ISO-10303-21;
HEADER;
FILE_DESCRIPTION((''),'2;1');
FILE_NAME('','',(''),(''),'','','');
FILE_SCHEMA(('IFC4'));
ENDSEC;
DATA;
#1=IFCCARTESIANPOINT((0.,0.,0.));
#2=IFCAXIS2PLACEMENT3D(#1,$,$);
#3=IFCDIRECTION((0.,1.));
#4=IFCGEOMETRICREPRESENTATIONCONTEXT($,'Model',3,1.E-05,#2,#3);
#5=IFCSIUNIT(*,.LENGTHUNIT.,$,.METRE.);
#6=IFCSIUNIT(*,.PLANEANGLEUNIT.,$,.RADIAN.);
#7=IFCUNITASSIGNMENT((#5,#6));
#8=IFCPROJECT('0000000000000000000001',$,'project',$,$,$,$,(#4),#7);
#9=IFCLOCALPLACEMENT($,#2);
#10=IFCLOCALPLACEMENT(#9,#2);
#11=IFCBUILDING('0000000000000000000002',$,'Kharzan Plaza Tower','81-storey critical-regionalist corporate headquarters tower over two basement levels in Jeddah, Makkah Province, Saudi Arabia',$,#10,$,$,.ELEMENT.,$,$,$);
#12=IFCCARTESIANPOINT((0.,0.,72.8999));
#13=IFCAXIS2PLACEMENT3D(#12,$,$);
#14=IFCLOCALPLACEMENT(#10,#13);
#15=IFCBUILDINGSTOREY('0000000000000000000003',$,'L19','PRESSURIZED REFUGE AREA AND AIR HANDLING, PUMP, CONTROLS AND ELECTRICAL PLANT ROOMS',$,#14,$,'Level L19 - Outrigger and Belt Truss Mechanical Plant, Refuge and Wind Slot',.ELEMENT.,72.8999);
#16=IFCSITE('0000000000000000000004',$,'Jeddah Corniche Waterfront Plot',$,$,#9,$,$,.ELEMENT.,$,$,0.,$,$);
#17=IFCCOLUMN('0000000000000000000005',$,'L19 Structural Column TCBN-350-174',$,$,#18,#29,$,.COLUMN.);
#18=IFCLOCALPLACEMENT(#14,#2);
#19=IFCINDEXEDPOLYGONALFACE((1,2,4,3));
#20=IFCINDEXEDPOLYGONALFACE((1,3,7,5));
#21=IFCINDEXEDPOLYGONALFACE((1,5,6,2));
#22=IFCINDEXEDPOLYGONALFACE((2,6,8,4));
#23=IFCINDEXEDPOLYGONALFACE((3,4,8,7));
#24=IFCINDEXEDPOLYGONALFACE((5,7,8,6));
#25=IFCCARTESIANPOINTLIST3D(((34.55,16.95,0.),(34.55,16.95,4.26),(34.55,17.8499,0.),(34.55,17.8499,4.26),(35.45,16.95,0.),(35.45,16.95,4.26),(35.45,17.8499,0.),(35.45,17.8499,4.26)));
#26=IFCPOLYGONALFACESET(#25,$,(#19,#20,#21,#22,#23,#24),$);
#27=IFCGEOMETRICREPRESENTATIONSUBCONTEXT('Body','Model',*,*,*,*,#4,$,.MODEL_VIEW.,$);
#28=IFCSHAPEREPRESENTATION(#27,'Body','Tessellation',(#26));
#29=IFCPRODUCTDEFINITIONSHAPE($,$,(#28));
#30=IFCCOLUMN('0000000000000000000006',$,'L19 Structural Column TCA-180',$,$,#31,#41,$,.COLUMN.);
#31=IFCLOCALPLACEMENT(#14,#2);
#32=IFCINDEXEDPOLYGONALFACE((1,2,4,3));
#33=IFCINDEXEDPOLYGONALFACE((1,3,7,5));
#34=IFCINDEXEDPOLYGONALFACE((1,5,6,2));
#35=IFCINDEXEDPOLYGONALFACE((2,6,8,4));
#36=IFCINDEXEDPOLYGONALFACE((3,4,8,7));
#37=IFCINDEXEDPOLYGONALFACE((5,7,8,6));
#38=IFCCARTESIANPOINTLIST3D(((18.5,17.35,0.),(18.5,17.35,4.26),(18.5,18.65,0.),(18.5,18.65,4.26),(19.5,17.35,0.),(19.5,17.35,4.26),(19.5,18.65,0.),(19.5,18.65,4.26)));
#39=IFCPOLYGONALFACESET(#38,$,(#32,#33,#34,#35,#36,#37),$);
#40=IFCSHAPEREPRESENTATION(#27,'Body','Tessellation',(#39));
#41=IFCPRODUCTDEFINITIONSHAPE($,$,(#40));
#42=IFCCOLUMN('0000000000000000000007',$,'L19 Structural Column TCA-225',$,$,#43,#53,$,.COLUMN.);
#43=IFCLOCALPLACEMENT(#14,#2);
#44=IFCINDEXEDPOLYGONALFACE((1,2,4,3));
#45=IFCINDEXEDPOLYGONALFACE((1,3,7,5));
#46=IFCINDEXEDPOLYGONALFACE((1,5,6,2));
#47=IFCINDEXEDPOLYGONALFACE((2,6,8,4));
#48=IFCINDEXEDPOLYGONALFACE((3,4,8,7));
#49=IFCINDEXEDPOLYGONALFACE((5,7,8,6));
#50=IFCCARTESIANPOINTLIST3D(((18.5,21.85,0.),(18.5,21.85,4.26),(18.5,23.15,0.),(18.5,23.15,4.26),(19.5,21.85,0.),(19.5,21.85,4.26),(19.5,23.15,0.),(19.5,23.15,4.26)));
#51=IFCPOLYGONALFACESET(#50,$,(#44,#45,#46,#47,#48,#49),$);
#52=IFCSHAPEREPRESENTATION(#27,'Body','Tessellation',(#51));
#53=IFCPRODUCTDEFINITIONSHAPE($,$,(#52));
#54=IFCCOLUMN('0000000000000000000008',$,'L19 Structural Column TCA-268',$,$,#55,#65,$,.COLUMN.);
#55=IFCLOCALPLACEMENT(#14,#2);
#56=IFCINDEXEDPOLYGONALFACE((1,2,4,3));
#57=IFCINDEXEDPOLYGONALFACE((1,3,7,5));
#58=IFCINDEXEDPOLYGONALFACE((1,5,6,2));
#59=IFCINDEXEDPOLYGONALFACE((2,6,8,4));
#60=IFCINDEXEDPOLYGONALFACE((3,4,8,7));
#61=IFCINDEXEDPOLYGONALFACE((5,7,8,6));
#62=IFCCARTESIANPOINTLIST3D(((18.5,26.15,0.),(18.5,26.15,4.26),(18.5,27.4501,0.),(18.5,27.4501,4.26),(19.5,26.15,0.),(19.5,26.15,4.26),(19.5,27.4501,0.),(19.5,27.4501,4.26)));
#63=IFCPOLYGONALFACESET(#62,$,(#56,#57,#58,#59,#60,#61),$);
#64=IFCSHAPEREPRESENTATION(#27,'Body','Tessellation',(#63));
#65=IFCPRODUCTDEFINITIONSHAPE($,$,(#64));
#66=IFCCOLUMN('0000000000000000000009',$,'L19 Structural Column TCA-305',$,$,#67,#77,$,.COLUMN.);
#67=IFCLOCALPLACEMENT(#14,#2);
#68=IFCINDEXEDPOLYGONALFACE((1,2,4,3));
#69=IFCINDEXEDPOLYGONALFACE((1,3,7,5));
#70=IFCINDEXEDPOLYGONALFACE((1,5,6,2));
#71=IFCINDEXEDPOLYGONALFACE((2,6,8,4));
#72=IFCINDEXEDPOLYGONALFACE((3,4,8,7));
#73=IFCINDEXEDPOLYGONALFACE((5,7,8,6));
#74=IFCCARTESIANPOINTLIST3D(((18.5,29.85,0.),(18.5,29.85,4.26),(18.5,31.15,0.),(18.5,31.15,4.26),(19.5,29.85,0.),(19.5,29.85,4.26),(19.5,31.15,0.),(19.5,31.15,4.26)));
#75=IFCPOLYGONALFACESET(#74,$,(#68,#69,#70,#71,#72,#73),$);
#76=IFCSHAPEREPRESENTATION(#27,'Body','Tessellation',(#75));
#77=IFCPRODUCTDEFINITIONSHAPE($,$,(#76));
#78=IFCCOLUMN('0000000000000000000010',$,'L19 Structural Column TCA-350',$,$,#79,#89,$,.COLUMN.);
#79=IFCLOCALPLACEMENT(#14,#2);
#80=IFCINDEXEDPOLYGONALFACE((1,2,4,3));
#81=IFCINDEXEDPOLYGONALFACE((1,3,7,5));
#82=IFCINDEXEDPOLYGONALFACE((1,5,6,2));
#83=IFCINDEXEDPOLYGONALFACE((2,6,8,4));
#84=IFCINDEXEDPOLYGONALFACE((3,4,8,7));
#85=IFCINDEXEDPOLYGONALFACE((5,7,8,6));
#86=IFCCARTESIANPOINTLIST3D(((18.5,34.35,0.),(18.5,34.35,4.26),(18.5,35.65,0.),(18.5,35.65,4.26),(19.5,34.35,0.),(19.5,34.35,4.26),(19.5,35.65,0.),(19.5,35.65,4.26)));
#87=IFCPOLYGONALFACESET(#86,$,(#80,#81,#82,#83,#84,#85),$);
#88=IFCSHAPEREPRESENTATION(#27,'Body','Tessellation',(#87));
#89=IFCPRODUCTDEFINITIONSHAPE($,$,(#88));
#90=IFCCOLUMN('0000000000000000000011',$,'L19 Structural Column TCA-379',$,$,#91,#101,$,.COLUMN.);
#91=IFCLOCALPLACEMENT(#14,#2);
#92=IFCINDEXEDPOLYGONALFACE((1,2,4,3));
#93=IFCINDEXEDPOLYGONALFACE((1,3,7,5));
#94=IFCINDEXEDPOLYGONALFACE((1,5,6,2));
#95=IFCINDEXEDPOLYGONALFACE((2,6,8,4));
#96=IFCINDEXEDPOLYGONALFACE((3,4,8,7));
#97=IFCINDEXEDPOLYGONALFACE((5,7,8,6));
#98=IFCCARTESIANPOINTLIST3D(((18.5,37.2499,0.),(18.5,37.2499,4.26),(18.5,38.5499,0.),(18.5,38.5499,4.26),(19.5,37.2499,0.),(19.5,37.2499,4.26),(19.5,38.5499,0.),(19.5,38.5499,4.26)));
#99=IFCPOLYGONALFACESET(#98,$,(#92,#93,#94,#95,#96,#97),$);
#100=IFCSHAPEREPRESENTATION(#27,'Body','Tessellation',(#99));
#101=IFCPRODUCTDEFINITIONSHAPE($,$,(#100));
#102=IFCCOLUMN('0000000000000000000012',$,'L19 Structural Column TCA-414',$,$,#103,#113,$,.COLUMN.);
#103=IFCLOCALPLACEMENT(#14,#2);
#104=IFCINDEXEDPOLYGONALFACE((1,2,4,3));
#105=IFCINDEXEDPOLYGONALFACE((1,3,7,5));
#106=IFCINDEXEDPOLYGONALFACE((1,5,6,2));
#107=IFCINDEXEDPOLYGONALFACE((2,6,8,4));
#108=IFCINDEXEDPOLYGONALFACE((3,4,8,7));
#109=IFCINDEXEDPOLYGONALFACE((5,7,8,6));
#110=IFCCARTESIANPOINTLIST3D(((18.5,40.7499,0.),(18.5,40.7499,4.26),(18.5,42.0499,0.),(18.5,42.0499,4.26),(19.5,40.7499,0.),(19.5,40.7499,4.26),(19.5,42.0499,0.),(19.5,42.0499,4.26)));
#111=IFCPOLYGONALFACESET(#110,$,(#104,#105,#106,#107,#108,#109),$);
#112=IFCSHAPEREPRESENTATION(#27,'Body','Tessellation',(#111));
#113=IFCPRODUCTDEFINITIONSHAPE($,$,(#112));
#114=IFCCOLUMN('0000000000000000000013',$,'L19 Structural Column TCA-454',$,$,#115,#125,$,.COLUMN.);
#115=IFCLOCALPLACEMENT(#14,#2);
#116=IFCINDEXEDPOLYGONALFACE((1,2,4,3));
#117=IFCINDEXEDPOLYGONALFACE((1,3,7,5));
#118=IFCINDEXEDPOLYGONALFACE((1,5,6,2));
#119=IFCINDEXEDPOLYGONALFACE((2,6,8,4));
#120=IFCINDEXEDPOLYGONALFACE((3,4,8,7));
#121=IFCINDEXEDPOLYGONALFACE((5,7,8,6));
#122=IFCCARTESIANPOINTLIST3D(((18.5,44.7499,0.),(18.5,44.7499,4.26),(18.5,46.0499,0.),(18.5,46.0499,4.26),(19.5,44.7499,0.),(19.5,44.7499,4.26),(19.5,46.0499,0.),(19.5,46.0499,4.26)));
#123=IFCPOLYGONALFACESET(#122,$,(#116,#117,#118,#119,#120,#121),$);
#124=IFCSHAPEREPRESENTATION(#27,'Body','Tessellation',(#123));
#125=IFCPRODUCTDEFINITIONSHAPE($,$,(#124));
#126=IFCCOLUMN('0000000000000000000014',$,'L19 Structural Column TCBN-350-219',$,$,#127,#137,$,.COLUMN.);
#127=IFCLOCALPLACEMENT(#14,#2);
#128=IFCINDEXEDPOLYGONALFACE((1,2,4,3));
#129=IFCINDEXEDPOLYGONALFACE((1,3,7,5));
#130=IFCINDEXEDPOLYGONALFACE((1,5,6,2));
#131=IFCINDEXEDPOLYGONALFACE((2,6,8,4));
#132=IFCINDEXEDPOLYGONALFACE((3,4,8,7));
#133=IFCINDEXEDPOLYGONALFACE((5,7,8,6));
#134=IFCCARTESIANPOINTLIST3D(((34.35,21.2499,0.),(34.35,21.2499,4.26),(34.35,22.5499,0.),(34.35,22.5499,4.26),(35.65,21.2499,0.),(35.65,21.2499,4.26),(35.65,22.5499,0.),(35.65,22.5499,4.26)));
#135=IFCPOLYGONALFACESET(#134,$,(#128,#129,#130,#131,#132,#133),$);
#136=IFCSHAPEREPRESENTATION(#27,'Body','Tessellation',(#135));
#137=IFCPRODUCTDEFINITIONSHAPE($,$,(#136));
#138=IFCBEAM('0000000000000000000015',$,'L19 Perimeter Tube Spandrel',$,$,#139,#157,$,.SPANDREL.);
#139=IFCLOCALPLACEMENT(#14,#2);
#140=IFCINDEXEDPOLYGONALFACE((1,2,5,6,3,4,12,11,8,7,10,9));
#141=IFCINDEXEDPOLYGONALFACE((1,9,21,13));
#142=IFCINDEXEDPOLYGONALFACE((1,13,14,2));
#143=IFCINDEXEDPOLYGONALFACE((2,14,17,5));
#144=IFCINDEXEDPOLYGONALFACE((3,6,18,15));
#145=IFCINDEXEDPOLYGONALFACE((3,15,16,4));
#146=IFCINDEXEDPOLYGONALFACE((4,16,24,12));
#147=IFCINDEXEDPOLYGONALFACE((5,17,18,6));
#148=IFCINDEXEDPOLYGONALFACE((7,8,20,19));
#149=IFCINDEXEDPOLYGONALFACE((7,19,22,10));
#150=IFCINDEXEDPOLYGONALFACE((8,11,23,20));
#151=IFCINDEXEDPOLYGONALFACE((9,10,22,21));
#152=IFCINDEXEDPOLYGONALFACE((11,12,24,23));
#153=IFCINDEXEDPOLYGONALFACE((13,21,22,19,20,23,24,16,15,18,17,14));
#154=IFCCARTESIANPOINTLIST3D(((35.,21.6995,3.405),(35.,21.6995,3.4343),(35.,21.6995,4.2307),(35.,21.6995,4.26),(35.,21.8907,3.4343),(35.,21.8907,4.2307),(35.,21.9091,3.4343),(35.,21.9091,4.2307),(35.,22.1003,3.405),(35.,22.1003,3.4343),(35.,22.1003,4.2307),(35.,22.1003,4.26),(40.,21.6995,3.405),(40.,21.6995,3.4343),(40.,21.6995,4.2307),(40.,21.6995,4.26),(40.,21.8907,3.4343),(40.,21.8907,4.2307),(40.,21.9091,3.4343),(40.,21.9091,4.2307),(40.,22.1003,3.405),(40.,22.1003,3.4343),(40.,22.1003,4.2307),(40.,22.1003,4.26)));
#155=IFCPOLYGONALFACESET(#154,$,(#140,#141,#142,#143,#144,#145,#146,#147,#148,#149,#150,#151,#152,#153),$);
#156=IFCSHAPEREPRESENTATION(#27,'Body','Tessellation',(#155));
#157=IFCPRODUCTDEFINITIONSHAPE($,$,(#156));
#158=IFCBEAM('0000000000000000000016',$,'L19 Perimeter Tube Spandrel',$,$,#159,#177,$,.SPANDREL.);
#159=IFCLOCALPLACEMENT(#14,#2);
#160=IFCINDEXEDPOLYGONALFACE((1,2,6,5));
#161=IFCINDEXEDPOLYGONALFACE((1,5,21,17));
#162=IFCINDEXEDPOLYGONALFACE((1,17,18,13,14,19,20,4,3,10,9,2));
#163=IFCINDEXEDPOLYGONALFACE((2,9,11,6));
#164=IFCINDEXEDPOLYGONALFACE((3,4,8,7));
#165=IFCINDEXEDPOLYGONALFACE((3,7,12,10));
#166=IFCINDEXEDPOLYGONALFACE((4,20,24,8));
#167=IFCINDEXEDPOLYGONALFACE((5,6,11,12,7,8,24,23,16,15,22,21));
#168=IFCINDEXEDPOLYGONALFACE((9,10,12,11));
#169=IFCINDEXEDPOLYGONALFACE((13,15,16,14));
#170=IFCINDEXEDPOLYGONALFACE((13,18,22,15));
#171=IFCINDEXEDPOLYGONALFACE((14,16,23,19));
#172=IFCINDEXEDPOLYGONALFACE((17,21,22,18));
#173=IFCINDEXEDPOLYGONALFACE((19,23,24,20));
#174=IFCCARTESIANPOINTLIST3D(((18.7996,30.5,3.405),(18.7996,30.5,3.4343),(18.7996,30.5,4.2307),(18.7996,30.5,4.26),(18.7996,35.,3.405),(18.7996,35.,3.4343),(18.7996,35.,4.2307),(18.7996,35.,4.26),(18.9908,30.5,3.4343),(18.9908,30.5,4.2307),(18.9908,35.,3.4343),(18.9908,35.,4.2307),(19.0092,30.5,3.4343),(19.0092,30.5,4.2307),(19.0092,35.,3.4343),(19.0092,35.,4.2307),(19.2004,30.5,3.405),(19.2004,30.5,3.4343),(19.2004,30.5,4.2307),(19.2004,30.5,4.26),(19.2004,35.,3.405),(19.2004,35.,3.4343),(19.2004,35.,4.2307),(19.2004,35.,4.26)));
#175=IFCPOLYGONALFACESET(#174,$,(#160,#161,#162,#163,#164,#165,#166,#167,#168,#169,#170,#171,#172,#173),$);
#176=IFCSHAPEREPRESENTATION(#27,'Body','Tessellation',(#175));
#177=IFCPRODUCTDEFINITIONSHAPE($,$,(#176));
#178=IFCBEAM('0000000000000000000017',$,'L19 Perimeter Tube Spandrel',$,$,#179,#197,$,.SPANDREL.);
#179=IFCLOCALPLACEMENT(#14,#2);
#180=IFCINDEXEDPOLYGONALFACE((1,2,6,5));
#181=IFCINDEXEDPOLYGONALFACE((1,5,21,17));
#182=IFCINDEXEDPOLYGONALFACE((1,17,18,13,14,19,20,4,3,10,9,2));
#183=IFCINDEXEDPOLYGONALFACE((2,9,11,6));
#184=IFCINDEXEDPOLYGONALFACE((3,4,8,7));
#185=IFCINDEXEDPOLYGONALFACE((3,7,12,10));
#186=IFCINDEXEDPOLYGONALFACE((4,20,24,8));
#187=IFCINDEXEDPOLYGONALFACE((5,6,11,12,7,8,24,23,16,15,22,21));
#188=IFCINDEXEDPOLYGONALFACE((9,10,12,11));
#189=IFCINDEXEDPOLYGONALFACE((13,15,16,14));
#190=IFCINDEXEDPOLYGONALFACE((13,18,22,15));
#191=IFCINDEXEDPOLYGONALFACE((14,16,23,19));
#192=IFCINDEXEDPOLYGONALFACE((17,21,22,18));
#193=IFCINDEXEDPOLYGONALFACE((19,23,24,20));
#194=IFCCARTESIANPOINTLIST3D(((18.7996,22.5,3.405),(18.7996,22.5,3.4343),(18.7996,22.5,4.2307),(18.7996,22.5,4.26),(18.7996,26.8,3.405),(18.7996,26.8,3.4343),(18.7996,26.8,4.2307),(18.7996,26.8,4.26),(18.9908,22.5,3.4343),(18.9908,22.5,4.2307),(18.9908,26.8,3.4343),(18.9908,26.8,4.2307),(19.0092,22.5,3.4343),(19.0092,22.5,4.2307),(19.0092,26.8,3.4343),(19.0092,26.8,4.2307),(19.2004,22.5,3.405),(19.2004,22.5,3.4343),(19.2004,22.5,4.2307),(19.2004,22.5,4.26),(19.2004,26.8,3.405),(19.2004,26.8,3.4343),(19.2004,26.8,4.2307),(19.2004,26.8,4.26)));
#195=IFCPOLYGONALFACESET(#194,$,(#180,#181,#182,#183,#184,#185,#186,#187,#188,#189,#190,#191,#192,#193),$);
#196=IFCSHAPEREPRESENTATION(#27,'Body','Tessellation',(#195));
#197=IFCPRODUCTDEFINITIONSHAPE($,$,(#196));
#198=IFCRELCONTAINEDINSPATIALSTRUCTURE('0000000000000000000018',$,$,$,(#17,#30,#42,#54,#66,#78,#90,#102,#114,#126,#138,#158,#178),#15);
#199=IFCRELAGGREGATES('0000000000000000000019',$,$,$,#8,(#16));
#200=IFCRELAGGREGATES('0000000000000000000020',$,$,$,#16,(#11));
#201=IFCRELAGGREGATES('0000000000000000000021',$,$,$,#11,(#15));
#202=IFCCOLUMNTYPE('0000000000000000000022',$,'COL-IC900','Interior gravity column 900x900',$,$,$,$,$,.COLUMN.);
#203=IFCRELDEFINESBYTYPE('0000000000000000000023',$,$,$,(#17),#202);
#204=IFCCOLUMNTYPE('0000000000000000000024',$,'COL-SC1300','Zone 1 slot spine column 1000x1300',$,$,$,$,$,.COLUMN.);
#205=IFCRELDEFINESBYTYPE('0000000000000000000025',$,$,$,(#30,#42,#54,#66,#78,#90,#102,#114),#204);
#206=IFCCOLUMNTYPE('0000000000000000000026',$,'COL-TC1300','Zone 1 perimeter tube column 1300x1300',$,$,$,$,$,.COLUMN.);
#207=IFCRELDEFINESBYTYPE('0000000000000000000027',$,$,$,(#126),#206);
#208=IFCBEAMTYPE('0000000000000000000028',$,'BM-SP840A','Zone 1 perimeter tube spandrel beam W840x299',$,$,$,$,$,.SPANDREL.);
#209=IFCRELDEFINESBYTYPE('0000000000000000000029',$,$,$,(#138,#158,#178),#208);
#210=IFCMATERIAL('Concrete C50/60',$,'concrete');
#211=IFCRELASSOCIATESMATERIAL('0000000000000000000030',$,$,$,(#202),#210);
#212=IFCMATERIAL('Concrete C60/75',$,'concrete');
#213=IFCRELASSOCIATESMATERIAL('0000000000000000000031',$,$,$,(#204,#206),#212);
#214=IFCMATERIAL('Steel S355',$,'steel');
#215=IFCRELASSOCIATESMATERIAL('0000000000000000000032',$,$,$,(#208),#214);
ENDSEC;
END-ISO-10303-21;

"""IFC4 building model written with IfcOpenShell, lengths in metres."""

from ifc_helpers import new_model, si_unit, direction, frame, origin, origin_2d, place, context, subcontext, project, spatial, rectangle, i_section, extrude, source, transform, mapped, material, material_profile, profile_set, type_object, element, save


model = new_model("IFC4")

# Units and contexts
model_context = context("Model", 3, precision=1e-05, world=origin(), true_north=direction((0.0, 1.0)))
body_context = subcontext(model_context, "Body", "Model", "MODEL_VIEW")
ifc_project = project(units=[si_unit("LENGTHUNIT", "METRE"), si_unit("PLANEANGLEUNIT", "RADIAN")], contexts=[model_context])

# Site, building, storey
site_placement = place(None, origin())
site = spatial("IfcSite", under=ifc_project, at=site_placement, Name="Jeddah Corniche Waterfront Plot", CompositionType="ELEMENT", RefElevation=0.0)
building_placement = place(site_placement, origin())
building = spatial("IfcBuilding", under=site, at=building_placement, Name="Kharzan Plaza Tower", Description="81-storey critical-regionalist corporate headquarters tower over two basement levels in Jeddah, Makkah Province, Saudi Arabia", CompositionType="ELEMENT")
storey_placement = place(building_placement, frame((0.0, 0.0, 72.8999)))
storey = spatial("IfcBuildingStorey", under=building, at=storey_placement, Name="L19", Description="PRESSURIZED REFUGE AREA AND AIR HANDLING, PUMP, CONTROLS AND ELECTRICAL PLANT ROOMS", LongName="Level L19 - Outrigger and Belt Truss Mechanical Plant, Refuge and Wind Slot", CompositionType="ELEMENT", Elevation=72.8999)

# Columns
ifc_material_1 = material(Name="Concrete C50/60", Category="concrete")
ifc_material_profile_1 = material_profile(ifc_material_1, rectangle(XDim=0.8999, YDim=0.8999, at=origin_2d()), Name="RC-IC900x900")
ifc_profile_set_1 = profile_set([ifc_material_profile_1], Name="Concrete C50/60")
column_type_1 = type_object("IfcColumnType", Name="COL-IC900", Description="Interior gravity column 900x900", PredefinedType="COLUMN", material=ifc_profile_set_1)
shared_shape_1 = source(origin(), body_context, "Body", "SweptSolid", [
    extrude(rectangle(XDim=0.8999, YDim=0.8999, at=origin_2d()), origin(), (0.0, 0.0, 1.0), 4.26),
])
column_1_placement = place(storey_placement, frame((35.0, 17.3999, 0.0), z_axis=(0.0, 0.0, 1.0), x_axis=(1.0, 0.0, 0.0)))
element("IfcColumn", 1, at=column_1_placement, inside=storey, type_object=column_type_1, Name="L19 Structural Column TCBN-350-174", PredefinedType="COLUMN", context=body_context, shape_type="MappedRepresentation", body=[
    mapped(shared_shape_1, transform((0.0, 0.0, 0.0), x_axis=(1.0, 0.0, 0.0), y_axis=(0.0, 1.0, 0.0), z_axis=(0.0, 0.0, 1.0))),
])
ifc_material_2 = material(Name="Concrete C60/75", Category="concrete")
ifc_material_profile_2 = material_profile(ifc_material_2, rectangle(XDim=1.0, YDim=1.3, at=origin_2d()), Name="RC-SC1300x1000")
ifc_profile_set_2 = profile_set([ifc_material_profile_2], Name="Concrete C60/75")
column_type_2 = type_object("IfcColumnType", Name="COL-SC1300", Description="Zone 1 slot spine column 1000x1300", PredefinedType="COLUMN", material=ifc_profile_set_2)
shared_shape_2 = source(origin(), body_context, "Body", "SweptSolid", [
    extrude(rectangle(XDim=1.0, YDim=1.3, at=origin_2d()), origin(), (0.0, 0.0, 1.0), 4.26),
])
for number, where, z_axis, x_axis, name in (
    (2, (19.0, 18.0, 0.0), (0.0, 0.0, 1.0), (1.0, 0.0, 0.0), "L19 Structural Column TCA-180"),
    (3, (19.0, 22.5, 0.0), (0.0, 0.0, 1.0), (1.0, 0.0, 0.0), "L19 Structural Column TCA-225"),
    (4, (19.0, 26.8, 0.0), (0.0, 0.0, 1.0), (1.0, 0.0, 0.0), "L19 Structural Column TCA-268"),
    (5, (19.0, 30.5, 0.0), (0.0, 0.0, 1.0), (1.0, 0.0, 0.0), "L19 Structural Column TCA-305"),
    (6, (19.0, 35.0, 0.0), (0.0, 0.0, 1.0), (1.0, 0.0, 0.0), "L19 Structural Column TCA-350"),
    (7, (19.0, 37.8999, 0.0), (0.0, 0.0, 1.0), (1.0, 0.0, 0.0), "L19 Structural Column TCA-379"),
    (8, (19.0, 41.3999, 0.0), (0.0, 0.0, 1.0), (1.0, 0.0, 0.0), "L19 Structural Column TCA-414"),
    (9, (19.0, 45.3999, 0.0), (0.0, 0.0, 1.0), (1.0, 0.0, 0.0), "L19 Structural Column TCA-454"),
):
    element("IfcColumn", number, at=place(storey_placement, frame(where, z_axis=z_axis, x_axis=x_axis)), inside=storey, type_object=column_type_2, Name=name, PredefinedType="COLUMN", context=body_context, shape_type="MappedRepresentation", body=[
        mapped(shared_shape_2, transform((0.0, 0.0, 0.0), x_axis=(1.0, 0.0, 0.0), y_axis=(0.0, 1.0, 0.0), z_axis=(0.0, 0.0, 1.0))),
    ])
ifc_material_profile_3 = material_profile(ifc_material_2, rectangle(XDim=1.3, YDim=1.3, at=origin_2d()), Name="RC-TC1300x1300")
ifc_profile_set_3 = profile_set([ifc_material_profile_3], Name="Concrete C60/75")
column_type_3 = type_object("IfcColumnType", Name="COL-TC1300", Description="Zone 1 perimeter tube column 1300x1300", PredefinedType="COLUMN", material=ifc_profile_set_3)
shared_shape_3 = source(origin(), body_context, "Body", "SweptSolid", [
    extrude(rectangle(XDim=1.3, YDim=1.3, at=origin_2d()), origin(), (0.0, 0.0, 1.0), 4.26),
])
column_2_placement = place(storey_placement, frame((35.0, 21.8999, 0.0), z_axis=(0.0, 0.0, 1.0), x_axis=(1.0, 0.0, 0.0)))
element("IfcColumn", 10, at=column_2_placement, inside=storey, type_object=column_type_3, Name="L19 Structural Column TCBN-350-219", PredefinedType="COLUMN", context=body_context, shape_type="MappedRepresentation", body=[
    mapped(shared_shape_3, transform((0.0, 0.0, 0.0), x_axis=(1.0, 0.0, 0.0), y_axis=(0.0, 1.0, 0.0), z_axis=(0.0, 0.0, 1.0))),
])

# Beams
ifc_material_3 = material(Name="Steel S355", Category="steel")
ifc_material_profile_4 = material_profile(ifc_material_3, i_section(OverallWidth=0.4009, OverallDepth=0.855, WebThickness=0.0183, FlangeThickness=0.0293, at=origin_2d()), Name="W840x299")
ifc_profile_set_4 = profile_set([ifc_material_profile_4], Name="Steel S355")
beam_type_1 = type_object("IfcBeamType", Name="BM-SP840A", Description="Zone 1 perimeter tube spandrel beam W840x299", PredefinedType="SPANDREL", material=ifc_profile_set_4)
shared_shape_4 = source(origin(), body_context, "Body", "SweptSolid", [
    extrude(i_section(OverallWidth=0.4009, OverallDepth=0.855, WebThickness=0.0183, FlangeThickness=0.0293, at=origin_2d()), origin(), (0.0, 0.0, 1.0), 5.0),
])
beam_1_placement = place(storey_placement, frame((35.0, 21.8999, 3.8325), z_axis=(1.0, 0.0, 0.0), x_axis=(0.0, 1.0, 0.0)))
element("IfcBeam", 11, at=beam_1_placement, inside=storey, type_object=beam_type_1, Name="L19 Perimeter Tube Spandrel", PredefinedType="SPANDREL", context=body_context, shape_type="MappedRepresentation", body=[
    mapped(shared_shape_4, transform((0.0, 0.0, 0.0), x_axis=(1.0, 0.0, 0.0), y_axis=(0.0, 1.0, 0.0), z_axis=(0.0, 0.0, 1.0))),
])
shared_shape_5 = source(origin(), body_context, "Body", "SweptSolid", [
    extrude(i_section(OverallWidth=0.4009, OverallDepth=0.855, WebThickness=0.0183, FlangeThickness=0.0293, at=origin_2d()), origin(), (0.0, 0.0, 1.0), 4.5),
])
beam_2_placement = place(storey_placement, frame((19.0, 30.5, 3.8325), z_axis=(0.0, 1.0, 0.0), x_axis=(-1.0, 0.0, 0.0)))
element("IfcBeam", 12, at=beam_2_placement, inside=storey, type_object=beam_type_1, Name="L19 Perimeter Tube Spandrel", PredefinedType="SPANDREL", context=body_context, shape_type="MappedRepresentation", body=[
    mapped(shared_shape_5, transform((0.0, 0.0, 0.0), x_axis=(1.0, 0.0, 0.0), y_axis=(0.0, 1.0, 0.0), z_axis=(0.0, 0.0, 1.0))),
])
shared_shape_6 = source(origin(), body_context, "Body", "SweptSolid", [
    extrude(i_section(OverallWidth=0.4009, OverallDepth=0.855, WebThickness=0.0183, FlangeThickness=0.0293, at=origin_2d()), origin(), (0.0, 0.0, 1.0), 4.3),
])
beam_3_placement = place(storey_placement, frame((19.0, 22.5, 3.8325), z_axis=(0.0, 1.0, 0.0), x_axis=(-1.0, 0.0, 0.0)))
element("IfcBeam", 13, at=beam_3_placement, inside=storey, type_object=beam_type_1, Name="L19 Perimeter Tube Spandrel", PredefinedType="SPANDREL", context=body_context, shape_type="MappedRepresentation", body=[
    mapped(shared_shape_6, transform((0.0, 0.0, 0.0), x_axis=(1.0, 0.0, 0.0), y_axis=(0.0, 1.0, 0.0), z_axis=(0.0, 0.0, 1.0))),
])

save(model, "model.ifc")
